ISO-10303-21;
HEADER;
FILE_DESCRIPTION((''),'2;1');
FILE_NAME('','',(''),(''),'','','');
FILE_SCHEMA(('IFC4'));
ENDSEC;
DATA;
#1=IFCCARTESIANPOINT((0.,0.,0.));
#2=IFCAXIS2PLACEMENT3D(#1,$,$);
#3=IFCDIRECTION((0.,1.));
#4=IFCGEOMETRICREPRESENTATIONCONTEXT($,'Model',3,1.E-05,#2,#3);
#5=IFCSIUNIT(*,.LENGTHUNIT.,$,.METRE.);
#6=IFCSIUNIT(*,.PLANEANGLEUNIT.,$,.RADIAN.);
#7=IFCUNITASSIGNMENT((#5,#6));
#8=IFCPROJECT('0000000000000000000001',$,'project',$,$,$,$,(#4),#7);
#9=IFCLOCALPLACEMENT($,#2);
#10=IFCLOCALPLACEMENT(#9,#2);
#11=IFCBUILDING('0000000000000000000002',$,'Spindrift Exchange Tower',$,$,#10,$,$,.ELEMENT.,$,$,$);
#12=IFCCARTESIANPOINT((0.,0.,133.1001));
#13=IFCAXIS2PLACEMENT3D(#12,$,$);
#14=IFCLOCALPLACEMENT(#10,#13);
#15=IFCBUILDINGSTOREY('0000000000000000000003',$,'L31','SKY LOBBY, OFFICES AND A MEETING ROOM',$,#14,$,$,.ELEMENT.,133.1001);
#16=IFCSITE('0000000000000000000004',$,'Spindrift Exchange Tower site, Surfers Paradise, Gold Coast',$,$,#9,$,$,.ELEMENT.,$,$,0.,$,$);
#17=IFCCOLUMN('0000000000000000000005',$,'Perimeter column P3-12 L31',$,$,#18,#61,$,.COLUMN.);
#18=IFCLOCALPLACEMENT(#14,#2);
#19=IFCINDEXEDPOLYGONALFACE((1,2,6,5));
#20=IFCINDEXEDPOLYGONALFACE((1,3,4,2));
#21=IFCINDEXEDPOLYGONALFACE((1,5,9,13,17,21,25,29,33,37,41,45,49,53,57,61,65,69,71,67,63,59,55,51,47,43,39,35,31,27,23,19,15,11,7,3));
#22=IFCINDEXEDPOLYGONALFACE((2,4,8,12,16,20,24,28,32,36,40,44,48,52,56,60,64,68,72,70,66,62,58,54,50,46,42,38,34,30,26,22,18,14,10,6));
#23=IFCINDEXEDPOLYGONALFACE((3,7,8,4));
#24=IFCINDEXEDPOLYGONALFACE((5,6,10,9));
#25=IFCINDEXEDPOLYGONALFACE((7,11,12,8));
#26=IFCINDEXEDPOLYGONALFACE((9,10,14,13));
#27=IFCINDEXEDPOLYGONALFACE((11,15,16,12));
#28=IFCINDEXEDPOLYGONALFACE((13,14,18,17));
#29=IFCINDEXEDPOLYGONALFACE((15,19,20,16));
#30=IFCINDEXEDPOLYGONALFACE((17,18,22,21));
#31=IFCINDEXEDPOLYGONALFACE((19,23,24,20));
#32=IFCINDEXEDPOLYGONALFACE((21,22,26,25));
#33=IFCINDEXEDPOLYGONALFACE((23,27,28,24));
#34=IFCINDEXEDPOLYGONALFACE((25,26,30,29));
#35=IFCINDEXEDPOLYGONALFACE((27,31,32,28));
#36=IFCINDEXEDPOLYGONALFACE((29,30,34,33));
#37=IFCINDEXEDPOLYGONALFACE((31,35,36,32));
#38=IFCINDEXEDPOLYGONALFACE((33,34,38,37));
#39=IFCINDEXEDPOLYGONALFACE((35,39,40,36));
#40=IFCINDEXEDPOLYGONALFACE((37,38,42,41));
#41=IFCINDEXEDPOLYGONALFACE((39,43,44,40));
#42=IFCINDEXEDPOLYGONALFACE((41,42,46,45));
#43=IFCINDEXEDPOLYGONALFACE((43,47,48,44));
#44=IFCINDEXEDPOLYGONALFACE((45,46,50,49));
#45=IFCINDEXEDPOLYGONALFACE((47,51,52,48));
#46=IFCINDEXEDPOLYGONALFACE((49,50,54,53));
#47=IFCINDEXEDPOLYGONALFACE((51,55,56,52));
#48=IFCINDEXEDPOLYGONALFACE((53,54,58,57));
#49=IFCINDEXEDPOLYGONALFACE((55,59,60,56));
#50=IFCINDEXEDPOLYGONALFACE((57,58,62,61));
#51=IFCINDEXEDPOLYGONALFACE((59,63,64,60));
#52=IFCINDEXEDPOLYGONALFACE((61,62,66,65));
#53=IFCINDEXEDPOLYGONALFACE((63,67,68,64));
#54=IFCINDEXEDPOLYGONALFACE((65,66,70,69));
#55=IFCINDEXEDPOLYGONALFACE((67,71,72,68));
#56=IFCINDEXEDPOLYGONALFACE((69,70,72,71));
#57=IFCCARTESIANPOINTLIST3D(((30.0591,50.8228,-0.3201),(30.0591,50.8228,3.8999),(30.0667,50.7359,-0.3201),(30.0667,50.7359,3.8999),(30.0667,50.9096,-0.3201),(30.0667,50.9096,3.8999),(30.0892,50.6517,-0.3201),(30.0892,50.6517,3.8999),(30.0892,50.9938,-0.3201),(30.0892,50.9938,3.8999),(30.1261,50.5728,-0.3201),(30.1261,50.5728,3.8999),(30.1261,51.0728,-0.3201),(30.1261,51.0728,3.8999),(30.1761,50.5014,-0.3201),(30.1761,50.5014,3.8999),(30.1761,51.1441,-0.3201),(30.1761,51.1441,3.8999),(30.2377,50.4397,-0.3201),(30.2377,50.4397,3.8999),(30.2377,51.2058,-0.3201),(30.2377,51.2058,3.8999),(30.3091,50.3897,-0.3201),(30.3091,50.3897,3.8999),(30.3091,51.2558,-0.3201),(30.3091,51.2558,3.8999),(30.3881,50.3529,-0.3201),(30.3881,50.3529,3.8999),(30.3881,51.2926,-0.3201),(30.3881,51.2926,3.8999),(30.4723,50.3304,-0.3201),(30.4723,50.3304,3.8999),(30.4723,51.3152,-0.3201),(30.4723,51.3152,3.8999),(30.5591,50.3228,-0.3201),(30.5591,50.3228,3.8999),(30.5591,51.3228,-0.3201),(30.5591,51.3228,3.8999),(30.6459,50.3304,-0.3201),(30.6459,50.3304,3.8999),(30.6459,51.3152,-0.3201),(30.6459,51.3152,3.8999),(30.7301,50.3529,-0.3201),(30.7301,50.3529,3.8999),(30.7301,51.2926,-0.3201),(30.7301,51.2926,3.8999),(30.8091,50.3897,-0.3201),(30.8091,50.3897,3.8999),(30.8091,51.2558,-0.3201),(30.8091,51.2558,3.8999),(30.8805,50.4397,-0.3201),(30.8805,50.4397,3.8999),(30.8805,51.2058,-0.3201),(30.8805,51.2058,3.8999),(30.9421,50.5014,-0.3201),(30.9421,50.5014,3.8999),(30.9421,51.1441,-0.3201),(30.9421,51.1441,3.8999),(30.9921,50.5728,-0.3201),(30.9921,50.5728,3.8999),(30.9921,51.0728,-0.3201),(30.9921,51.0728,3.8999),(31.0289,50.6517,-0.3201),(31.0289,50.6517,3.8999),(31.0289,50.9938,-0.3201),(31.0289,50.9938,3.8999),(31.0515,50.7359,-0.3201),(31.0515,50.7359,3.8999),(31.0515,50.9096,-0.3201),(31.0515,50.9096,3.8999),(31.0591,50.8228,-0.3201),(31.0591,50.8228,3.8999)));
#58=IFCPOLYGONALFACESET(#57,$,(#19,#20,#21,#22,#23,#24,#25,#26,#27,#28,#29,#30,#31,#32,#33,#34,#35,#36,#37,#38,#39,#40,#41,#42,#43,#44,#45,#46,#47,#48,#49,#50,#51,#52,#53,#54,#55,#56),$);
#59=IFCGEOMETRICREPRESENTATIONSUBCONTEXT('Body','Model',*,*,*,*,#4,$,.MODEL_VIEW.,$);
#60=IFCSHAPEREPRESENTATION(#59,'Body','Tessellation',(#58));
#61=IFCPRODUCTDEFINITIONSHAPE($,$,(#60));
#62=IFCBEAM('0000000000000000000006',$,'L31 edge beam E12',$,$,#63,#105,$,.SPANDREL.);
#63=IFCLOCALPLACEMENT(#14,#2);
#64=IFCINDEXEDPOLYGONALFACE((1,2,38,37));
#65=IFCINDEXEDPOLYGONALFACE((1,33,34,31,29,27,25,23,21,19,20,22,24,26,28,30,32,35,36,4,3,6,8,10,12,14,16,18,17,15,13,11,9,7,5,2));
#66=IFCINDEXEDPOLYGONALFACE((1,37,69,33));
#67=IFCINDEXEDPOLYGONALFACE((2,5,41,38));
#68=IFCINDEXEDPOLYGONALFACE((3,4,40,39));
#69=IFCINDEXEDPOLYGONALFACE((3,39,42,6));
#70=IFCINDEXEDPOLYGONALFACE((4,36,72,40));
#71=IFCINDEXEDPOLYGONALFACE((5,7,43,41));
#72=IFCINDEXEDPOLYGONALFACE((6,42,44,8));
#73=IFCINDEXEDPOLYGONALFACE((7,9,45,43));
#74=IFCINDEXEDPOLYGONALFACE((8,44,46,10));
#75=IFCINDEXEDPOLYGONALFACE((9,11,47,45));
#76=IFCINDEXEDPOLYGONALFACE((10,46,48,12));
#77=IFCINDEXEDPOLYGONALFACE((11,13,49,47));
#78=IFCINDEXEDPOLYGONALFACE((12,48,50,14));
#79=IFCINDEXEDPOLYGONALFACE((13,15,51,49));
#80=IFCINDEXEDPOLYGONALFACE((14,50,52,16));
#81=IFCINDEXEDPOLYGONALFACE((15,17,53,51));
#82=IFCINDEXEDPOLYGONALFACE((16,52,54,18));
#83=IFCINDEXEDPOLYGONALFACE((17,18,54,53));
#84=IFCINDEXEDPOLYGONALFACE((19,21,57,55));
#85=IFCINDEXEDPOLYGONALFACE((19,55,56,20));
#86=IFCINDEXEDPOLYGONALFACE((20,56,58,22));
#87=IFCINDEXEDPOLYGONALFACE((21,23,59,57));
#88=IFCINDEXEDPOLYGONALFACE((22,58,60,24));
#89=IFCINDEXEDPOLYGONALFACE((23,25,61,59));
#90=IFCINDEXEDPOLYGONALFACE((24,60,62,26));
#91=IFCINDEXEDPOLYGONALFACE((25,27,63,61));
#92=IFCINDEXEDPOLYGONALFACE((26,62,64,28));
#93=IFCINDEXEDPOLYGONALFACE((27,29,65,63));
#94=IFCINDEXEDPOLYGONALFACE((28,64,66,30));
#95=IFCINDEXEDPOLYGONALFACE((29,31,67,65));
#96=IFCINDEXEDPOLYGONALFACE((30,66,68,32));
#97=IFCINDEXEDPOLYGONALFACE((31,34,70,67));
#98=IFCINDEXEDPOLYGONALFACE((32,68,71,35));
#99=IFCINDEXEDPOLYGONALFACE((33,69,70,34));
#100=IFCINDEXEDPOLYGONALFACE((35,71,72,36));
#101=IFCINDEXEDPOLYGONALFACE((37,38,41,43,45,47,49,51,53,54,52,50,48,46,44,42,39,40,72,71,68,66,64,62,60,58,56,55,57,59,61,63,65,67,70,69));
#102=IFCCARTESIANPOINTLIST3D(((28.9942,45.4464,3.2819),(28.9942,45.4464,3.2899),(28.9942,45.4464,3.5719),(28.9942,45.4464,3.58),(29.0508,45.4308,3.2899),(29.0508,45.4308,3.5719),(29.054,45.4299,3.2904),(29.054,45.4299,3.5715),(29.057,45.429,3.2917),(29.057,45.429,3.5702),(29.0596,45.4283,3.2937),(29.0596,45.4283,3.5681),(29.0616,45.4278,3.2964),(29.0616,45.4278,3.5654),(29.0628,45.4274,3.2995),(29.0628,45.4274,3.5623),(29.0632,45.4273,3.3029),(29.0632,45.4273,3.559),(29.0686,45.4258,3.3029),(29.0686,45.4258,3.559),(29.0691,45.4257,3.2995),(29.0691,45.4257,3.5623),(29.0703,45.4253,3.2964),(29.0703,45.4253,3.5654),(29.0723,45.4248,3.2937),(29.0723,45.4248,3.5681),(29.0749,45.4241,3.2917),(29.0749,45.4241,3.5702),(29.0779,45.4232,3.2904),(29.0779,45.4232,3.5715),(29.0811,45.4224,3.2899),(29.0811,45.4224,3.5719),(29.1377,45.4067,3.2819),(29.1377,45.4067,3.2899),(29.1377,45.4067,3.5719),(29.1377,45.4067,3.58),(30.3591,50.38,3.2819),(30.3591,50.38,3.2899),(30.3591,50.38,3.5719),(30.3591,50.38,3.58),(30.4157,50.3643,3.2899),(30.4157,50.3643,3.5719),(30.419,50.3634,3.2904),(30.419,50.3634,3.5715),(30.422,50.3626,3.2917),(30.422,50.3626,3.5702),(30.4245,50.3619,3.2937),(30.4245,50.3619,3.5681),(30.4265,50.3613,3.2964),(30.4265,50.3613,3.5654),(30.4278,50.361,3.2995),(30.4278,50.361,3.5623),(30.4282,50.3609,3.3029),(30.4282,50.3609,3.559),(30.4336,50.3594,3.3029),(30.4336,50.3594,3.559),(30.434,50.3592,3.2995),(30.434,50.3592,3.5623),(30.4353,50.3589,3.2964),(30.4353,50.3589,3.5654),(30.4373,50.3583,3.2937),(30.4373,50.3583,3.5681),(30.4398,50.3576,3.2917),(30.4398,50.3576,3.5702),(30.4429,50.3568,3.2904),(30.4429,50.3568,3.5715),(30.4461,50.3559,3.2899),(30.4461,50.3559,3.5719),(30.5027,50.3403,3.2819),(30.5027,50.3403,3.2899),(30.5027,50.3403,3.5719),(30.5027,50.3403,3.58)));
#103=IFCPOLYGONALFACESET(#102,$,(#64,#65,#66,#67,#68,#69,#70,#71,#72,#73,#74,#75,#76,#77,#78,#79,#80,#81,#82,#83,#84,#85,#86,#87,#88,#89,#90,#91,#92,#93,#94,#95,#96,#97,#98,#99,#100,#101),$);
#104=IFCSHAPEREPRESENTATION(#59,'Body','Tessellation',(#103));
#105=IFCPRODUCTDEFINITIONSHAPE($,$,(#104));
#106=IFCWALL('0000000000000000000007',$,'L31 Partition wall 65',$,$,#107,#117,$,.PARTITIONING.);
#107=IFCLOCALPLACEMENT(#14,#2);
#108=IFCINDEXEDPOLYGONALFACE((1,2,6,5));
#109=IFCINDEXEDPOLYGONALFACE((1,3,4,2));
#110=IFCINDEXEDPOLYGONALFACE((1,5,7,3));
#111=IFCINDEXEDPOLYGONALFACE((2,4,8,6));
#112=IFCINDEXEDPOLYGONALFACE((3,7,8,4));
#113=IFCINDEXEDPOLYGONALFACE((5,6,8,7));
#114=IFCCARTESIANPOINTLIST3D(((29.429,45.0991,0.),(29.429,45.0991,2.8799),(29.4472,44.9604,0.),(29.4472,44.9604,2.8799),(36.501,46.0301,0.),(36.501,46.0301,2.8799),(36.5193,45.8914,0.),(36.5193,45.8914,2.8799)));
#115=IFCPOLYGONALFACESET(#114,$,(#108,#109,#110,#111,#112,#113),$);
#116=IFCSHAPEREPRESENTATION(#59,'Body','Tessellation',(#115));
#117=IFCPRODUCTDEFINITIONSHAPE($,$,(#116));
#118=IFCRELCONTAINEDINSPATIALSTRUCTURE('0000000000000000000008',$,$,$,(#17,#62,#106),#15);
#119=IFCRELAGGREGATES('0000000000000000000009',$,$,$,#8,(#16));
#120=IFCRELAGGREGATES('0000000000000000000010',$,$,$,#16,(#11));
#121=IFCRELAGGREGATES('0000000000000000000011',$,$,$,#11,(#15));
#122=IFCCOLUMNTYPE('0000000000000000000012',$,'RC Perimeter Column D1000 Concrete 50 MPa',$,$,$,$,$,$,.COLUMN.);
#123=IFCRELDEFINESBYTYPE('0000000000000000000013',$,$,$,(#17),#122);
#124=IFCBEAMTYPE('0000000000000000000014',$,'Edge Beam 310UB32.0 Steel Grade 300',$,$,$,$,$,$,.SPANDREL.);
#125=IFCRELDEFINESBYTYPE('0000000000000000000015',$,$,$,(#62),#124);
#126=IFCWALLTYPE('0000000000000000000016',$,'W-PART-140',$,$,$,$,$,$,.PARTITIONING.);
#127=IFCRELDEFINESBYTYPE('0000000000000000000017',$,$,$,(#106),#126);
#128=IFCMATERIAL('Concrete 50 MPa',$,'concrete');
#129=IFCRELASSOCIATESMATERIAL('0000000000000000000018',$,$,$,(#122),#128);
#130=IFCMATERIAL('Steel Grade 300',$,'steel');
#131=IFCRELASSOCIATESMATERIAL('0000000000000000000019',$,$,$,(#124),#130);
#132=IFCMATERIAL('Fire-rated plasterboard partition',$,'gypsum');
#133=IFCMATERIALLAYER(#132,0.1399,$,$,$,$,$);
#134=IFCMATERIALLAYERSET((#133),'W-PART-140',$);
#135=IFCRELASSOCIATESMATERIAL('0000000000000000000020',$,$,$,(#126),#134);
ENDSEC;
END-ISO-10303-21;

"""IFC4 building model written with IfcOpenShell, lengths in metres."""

from ifc_helpers import new_model, si_unit, direction, frame, frame_2d, origin, origin_2d, place, context, subcontext, project, spatial, rectangle, circle, i_section, extrude, source, transform, mapped, material, layer, layer_set, material_profile, profile_set, type_object, element, save


model = new_model("IFC4")

# Units and contexts
model_context = context("Model", 3, precision=1e-05, world=origin(), true_north=direction((0.0, 1.0)))
body_context = subcontext(model_context, "Body", "Model", "MODEL_VIEW")
ifc_project = project(units=[si_unit("LENGTHUNIT", "METRE"), si_unit("PLANEANGLEUNIT", "RADIAN")], contexts=[model_context])

# Site, building, storey
site_placement = place(None, origin())
site = spatial("IfcSite", under=ifc_project, at=site_placement, Name="Spindrift Exchange Tower site, Surfers Paradise, Gold Coast", CompositionType="ELEMENT", RefElevation=0.0)
building_placement = place(site_placement, origin())
building = spatial("IfcBuilding", under=site, at=building_placement, Name="Spindrift Exchange Tower", CompositionType="ELEMENT")
storey_placement = place(building_placement, frame((0.0, 0.0, 133.1001)))
storey = spatial("IfcBuildingStorey", under=building, at=storey_placement, Name="L31", Description="SKY LOBBY, OFFICES AND A MEETING ROOM", CompositionType="ELEMENT", Elevation=133.1001)

# Column
ifc_material_1 = material(Name="Concrete 50 MPa", Category="concrete")
ifc_material_profile_1 = material_profile(ifc_material_1, circle(Radius=0.5, at=origin_2d()), Name="RC D1000")
ifc_profile_set_1 = profile_set([ifc_material_profile_1], Name="Concrete 50 MPa")
column_type = type_object("IfcColumnType", Name="RC Perimeter Column D1000 Concrete 50 MPa", PredefinedType="COLUMN", material=ifc_profile_set_1)
shared_shape_1 = source(origin(), body_context, "Body", "SweptSolid", [
    extrude(circle(Radius=0.5, at=origin_2d()), origin(), (0.0, 0.0, 1.0), 4.22),
])
column_placement = place(storey_placement, frame((30.5591, 50.8228, -0.3201), z_axis=(0.0, 0.0, 1.0), x_axis=(1.0, 0.0, 0.0)))
element("IfcColumn", 1, at=column_placement, inside=storey, type_object=column_type, Name="Perimeter column P3-12 L31", PredefinedType="COLUMN", context=body_context, shape_type="MappedRepresentation", body=[
    mapped(shared_shape_1, transform((0.0, 0.0, 0.0), scale=1.0)),
])

# Beam
ifc_material_2 = material(Name="Steel Grade 300", Category="steel")
ifc_material_profile_2 = material_profile(ifc_material_2, i_section(OverallWidth=0.1489, OverallDepth=0.2981, WebThickness=0.0056, FlangeThickness=0.0081, FilletRadius=0.0129, at=origin_2d()), Name="310UB32.0")
ifc_profile_set_2 = profile_set([ifc_material_profile_2], Name="Steel Grade 300")
beam_type = type_object("IfcBeamType", Name="Edge Beam 310UB32.0 Steel Grade 300", PredefinedType="SPANDREL", material=ifc_profile_set_2)
shared_shape_2 = source(origin(), body_context, "Body", "SweptSolid", [
    extrude(i_section(OverallWidth=0.1489, OverallDepth=0.2981, WebThickness=0.0056, FlangeThickness=0.0081, FilletRadius=0.0129, at=origin_2d()), origin(), (0.0, 0.0, 1.0), 5.1189),
])
beam_placement = place(storey_placement, frame((30.4309, 50.3601, 3.4309), z_axis=(-0.266655, -0.963792, 0.0), x_axis=(0.963792, -0.266655, 0.0)))
element("IfcBeam", 2, at=beam_placement, inside=storey, type_object=beam_type, Name="L31 edge beam E12", PredefinedType="SPANDREL", context=body_context, shape_type="MappedRepresentation", body=[
    mapped(shared_shape_2, transform((0.0, 0.0, 0.0), scale=1.0)),
])

# Wall
ifc_material_3 = material(Name="Fire-rated plasterboard partition", Category="gypsum")
ifc_layer = layer(ifc_material_3, 0.1399)
ifc_layer_set = layer_set([ifc_layer], Name="W-PART-140")
wall_type = type_object("IfcWallType", Name="W-PART-140", PredefinedType="PARTITIONING", material=ifc_layer_set)
wall_placement = place(storey_placement, frame((36.51, 45.9607, 0.0), z_axis=(0.0, 0.0, 1.0), x_axis=(-0.991447, -0.130507, 0.0)))
element("IfcWall", 3, at=wall_placement, inside=storey, type_object=wall_type, Name="L31 Partition wall 65", PredefinedType="PARTITIONING", context=body_context, shape_type="SweptSolid", body=[
    extrude(rectangle(XDim=7.1331, YDim=0.1399, at=frame_2d((3.5664, 0.0))), origin(), (0.0, 0.0, 1.0), 2.8799),
])

save(model, "model.ifc")
